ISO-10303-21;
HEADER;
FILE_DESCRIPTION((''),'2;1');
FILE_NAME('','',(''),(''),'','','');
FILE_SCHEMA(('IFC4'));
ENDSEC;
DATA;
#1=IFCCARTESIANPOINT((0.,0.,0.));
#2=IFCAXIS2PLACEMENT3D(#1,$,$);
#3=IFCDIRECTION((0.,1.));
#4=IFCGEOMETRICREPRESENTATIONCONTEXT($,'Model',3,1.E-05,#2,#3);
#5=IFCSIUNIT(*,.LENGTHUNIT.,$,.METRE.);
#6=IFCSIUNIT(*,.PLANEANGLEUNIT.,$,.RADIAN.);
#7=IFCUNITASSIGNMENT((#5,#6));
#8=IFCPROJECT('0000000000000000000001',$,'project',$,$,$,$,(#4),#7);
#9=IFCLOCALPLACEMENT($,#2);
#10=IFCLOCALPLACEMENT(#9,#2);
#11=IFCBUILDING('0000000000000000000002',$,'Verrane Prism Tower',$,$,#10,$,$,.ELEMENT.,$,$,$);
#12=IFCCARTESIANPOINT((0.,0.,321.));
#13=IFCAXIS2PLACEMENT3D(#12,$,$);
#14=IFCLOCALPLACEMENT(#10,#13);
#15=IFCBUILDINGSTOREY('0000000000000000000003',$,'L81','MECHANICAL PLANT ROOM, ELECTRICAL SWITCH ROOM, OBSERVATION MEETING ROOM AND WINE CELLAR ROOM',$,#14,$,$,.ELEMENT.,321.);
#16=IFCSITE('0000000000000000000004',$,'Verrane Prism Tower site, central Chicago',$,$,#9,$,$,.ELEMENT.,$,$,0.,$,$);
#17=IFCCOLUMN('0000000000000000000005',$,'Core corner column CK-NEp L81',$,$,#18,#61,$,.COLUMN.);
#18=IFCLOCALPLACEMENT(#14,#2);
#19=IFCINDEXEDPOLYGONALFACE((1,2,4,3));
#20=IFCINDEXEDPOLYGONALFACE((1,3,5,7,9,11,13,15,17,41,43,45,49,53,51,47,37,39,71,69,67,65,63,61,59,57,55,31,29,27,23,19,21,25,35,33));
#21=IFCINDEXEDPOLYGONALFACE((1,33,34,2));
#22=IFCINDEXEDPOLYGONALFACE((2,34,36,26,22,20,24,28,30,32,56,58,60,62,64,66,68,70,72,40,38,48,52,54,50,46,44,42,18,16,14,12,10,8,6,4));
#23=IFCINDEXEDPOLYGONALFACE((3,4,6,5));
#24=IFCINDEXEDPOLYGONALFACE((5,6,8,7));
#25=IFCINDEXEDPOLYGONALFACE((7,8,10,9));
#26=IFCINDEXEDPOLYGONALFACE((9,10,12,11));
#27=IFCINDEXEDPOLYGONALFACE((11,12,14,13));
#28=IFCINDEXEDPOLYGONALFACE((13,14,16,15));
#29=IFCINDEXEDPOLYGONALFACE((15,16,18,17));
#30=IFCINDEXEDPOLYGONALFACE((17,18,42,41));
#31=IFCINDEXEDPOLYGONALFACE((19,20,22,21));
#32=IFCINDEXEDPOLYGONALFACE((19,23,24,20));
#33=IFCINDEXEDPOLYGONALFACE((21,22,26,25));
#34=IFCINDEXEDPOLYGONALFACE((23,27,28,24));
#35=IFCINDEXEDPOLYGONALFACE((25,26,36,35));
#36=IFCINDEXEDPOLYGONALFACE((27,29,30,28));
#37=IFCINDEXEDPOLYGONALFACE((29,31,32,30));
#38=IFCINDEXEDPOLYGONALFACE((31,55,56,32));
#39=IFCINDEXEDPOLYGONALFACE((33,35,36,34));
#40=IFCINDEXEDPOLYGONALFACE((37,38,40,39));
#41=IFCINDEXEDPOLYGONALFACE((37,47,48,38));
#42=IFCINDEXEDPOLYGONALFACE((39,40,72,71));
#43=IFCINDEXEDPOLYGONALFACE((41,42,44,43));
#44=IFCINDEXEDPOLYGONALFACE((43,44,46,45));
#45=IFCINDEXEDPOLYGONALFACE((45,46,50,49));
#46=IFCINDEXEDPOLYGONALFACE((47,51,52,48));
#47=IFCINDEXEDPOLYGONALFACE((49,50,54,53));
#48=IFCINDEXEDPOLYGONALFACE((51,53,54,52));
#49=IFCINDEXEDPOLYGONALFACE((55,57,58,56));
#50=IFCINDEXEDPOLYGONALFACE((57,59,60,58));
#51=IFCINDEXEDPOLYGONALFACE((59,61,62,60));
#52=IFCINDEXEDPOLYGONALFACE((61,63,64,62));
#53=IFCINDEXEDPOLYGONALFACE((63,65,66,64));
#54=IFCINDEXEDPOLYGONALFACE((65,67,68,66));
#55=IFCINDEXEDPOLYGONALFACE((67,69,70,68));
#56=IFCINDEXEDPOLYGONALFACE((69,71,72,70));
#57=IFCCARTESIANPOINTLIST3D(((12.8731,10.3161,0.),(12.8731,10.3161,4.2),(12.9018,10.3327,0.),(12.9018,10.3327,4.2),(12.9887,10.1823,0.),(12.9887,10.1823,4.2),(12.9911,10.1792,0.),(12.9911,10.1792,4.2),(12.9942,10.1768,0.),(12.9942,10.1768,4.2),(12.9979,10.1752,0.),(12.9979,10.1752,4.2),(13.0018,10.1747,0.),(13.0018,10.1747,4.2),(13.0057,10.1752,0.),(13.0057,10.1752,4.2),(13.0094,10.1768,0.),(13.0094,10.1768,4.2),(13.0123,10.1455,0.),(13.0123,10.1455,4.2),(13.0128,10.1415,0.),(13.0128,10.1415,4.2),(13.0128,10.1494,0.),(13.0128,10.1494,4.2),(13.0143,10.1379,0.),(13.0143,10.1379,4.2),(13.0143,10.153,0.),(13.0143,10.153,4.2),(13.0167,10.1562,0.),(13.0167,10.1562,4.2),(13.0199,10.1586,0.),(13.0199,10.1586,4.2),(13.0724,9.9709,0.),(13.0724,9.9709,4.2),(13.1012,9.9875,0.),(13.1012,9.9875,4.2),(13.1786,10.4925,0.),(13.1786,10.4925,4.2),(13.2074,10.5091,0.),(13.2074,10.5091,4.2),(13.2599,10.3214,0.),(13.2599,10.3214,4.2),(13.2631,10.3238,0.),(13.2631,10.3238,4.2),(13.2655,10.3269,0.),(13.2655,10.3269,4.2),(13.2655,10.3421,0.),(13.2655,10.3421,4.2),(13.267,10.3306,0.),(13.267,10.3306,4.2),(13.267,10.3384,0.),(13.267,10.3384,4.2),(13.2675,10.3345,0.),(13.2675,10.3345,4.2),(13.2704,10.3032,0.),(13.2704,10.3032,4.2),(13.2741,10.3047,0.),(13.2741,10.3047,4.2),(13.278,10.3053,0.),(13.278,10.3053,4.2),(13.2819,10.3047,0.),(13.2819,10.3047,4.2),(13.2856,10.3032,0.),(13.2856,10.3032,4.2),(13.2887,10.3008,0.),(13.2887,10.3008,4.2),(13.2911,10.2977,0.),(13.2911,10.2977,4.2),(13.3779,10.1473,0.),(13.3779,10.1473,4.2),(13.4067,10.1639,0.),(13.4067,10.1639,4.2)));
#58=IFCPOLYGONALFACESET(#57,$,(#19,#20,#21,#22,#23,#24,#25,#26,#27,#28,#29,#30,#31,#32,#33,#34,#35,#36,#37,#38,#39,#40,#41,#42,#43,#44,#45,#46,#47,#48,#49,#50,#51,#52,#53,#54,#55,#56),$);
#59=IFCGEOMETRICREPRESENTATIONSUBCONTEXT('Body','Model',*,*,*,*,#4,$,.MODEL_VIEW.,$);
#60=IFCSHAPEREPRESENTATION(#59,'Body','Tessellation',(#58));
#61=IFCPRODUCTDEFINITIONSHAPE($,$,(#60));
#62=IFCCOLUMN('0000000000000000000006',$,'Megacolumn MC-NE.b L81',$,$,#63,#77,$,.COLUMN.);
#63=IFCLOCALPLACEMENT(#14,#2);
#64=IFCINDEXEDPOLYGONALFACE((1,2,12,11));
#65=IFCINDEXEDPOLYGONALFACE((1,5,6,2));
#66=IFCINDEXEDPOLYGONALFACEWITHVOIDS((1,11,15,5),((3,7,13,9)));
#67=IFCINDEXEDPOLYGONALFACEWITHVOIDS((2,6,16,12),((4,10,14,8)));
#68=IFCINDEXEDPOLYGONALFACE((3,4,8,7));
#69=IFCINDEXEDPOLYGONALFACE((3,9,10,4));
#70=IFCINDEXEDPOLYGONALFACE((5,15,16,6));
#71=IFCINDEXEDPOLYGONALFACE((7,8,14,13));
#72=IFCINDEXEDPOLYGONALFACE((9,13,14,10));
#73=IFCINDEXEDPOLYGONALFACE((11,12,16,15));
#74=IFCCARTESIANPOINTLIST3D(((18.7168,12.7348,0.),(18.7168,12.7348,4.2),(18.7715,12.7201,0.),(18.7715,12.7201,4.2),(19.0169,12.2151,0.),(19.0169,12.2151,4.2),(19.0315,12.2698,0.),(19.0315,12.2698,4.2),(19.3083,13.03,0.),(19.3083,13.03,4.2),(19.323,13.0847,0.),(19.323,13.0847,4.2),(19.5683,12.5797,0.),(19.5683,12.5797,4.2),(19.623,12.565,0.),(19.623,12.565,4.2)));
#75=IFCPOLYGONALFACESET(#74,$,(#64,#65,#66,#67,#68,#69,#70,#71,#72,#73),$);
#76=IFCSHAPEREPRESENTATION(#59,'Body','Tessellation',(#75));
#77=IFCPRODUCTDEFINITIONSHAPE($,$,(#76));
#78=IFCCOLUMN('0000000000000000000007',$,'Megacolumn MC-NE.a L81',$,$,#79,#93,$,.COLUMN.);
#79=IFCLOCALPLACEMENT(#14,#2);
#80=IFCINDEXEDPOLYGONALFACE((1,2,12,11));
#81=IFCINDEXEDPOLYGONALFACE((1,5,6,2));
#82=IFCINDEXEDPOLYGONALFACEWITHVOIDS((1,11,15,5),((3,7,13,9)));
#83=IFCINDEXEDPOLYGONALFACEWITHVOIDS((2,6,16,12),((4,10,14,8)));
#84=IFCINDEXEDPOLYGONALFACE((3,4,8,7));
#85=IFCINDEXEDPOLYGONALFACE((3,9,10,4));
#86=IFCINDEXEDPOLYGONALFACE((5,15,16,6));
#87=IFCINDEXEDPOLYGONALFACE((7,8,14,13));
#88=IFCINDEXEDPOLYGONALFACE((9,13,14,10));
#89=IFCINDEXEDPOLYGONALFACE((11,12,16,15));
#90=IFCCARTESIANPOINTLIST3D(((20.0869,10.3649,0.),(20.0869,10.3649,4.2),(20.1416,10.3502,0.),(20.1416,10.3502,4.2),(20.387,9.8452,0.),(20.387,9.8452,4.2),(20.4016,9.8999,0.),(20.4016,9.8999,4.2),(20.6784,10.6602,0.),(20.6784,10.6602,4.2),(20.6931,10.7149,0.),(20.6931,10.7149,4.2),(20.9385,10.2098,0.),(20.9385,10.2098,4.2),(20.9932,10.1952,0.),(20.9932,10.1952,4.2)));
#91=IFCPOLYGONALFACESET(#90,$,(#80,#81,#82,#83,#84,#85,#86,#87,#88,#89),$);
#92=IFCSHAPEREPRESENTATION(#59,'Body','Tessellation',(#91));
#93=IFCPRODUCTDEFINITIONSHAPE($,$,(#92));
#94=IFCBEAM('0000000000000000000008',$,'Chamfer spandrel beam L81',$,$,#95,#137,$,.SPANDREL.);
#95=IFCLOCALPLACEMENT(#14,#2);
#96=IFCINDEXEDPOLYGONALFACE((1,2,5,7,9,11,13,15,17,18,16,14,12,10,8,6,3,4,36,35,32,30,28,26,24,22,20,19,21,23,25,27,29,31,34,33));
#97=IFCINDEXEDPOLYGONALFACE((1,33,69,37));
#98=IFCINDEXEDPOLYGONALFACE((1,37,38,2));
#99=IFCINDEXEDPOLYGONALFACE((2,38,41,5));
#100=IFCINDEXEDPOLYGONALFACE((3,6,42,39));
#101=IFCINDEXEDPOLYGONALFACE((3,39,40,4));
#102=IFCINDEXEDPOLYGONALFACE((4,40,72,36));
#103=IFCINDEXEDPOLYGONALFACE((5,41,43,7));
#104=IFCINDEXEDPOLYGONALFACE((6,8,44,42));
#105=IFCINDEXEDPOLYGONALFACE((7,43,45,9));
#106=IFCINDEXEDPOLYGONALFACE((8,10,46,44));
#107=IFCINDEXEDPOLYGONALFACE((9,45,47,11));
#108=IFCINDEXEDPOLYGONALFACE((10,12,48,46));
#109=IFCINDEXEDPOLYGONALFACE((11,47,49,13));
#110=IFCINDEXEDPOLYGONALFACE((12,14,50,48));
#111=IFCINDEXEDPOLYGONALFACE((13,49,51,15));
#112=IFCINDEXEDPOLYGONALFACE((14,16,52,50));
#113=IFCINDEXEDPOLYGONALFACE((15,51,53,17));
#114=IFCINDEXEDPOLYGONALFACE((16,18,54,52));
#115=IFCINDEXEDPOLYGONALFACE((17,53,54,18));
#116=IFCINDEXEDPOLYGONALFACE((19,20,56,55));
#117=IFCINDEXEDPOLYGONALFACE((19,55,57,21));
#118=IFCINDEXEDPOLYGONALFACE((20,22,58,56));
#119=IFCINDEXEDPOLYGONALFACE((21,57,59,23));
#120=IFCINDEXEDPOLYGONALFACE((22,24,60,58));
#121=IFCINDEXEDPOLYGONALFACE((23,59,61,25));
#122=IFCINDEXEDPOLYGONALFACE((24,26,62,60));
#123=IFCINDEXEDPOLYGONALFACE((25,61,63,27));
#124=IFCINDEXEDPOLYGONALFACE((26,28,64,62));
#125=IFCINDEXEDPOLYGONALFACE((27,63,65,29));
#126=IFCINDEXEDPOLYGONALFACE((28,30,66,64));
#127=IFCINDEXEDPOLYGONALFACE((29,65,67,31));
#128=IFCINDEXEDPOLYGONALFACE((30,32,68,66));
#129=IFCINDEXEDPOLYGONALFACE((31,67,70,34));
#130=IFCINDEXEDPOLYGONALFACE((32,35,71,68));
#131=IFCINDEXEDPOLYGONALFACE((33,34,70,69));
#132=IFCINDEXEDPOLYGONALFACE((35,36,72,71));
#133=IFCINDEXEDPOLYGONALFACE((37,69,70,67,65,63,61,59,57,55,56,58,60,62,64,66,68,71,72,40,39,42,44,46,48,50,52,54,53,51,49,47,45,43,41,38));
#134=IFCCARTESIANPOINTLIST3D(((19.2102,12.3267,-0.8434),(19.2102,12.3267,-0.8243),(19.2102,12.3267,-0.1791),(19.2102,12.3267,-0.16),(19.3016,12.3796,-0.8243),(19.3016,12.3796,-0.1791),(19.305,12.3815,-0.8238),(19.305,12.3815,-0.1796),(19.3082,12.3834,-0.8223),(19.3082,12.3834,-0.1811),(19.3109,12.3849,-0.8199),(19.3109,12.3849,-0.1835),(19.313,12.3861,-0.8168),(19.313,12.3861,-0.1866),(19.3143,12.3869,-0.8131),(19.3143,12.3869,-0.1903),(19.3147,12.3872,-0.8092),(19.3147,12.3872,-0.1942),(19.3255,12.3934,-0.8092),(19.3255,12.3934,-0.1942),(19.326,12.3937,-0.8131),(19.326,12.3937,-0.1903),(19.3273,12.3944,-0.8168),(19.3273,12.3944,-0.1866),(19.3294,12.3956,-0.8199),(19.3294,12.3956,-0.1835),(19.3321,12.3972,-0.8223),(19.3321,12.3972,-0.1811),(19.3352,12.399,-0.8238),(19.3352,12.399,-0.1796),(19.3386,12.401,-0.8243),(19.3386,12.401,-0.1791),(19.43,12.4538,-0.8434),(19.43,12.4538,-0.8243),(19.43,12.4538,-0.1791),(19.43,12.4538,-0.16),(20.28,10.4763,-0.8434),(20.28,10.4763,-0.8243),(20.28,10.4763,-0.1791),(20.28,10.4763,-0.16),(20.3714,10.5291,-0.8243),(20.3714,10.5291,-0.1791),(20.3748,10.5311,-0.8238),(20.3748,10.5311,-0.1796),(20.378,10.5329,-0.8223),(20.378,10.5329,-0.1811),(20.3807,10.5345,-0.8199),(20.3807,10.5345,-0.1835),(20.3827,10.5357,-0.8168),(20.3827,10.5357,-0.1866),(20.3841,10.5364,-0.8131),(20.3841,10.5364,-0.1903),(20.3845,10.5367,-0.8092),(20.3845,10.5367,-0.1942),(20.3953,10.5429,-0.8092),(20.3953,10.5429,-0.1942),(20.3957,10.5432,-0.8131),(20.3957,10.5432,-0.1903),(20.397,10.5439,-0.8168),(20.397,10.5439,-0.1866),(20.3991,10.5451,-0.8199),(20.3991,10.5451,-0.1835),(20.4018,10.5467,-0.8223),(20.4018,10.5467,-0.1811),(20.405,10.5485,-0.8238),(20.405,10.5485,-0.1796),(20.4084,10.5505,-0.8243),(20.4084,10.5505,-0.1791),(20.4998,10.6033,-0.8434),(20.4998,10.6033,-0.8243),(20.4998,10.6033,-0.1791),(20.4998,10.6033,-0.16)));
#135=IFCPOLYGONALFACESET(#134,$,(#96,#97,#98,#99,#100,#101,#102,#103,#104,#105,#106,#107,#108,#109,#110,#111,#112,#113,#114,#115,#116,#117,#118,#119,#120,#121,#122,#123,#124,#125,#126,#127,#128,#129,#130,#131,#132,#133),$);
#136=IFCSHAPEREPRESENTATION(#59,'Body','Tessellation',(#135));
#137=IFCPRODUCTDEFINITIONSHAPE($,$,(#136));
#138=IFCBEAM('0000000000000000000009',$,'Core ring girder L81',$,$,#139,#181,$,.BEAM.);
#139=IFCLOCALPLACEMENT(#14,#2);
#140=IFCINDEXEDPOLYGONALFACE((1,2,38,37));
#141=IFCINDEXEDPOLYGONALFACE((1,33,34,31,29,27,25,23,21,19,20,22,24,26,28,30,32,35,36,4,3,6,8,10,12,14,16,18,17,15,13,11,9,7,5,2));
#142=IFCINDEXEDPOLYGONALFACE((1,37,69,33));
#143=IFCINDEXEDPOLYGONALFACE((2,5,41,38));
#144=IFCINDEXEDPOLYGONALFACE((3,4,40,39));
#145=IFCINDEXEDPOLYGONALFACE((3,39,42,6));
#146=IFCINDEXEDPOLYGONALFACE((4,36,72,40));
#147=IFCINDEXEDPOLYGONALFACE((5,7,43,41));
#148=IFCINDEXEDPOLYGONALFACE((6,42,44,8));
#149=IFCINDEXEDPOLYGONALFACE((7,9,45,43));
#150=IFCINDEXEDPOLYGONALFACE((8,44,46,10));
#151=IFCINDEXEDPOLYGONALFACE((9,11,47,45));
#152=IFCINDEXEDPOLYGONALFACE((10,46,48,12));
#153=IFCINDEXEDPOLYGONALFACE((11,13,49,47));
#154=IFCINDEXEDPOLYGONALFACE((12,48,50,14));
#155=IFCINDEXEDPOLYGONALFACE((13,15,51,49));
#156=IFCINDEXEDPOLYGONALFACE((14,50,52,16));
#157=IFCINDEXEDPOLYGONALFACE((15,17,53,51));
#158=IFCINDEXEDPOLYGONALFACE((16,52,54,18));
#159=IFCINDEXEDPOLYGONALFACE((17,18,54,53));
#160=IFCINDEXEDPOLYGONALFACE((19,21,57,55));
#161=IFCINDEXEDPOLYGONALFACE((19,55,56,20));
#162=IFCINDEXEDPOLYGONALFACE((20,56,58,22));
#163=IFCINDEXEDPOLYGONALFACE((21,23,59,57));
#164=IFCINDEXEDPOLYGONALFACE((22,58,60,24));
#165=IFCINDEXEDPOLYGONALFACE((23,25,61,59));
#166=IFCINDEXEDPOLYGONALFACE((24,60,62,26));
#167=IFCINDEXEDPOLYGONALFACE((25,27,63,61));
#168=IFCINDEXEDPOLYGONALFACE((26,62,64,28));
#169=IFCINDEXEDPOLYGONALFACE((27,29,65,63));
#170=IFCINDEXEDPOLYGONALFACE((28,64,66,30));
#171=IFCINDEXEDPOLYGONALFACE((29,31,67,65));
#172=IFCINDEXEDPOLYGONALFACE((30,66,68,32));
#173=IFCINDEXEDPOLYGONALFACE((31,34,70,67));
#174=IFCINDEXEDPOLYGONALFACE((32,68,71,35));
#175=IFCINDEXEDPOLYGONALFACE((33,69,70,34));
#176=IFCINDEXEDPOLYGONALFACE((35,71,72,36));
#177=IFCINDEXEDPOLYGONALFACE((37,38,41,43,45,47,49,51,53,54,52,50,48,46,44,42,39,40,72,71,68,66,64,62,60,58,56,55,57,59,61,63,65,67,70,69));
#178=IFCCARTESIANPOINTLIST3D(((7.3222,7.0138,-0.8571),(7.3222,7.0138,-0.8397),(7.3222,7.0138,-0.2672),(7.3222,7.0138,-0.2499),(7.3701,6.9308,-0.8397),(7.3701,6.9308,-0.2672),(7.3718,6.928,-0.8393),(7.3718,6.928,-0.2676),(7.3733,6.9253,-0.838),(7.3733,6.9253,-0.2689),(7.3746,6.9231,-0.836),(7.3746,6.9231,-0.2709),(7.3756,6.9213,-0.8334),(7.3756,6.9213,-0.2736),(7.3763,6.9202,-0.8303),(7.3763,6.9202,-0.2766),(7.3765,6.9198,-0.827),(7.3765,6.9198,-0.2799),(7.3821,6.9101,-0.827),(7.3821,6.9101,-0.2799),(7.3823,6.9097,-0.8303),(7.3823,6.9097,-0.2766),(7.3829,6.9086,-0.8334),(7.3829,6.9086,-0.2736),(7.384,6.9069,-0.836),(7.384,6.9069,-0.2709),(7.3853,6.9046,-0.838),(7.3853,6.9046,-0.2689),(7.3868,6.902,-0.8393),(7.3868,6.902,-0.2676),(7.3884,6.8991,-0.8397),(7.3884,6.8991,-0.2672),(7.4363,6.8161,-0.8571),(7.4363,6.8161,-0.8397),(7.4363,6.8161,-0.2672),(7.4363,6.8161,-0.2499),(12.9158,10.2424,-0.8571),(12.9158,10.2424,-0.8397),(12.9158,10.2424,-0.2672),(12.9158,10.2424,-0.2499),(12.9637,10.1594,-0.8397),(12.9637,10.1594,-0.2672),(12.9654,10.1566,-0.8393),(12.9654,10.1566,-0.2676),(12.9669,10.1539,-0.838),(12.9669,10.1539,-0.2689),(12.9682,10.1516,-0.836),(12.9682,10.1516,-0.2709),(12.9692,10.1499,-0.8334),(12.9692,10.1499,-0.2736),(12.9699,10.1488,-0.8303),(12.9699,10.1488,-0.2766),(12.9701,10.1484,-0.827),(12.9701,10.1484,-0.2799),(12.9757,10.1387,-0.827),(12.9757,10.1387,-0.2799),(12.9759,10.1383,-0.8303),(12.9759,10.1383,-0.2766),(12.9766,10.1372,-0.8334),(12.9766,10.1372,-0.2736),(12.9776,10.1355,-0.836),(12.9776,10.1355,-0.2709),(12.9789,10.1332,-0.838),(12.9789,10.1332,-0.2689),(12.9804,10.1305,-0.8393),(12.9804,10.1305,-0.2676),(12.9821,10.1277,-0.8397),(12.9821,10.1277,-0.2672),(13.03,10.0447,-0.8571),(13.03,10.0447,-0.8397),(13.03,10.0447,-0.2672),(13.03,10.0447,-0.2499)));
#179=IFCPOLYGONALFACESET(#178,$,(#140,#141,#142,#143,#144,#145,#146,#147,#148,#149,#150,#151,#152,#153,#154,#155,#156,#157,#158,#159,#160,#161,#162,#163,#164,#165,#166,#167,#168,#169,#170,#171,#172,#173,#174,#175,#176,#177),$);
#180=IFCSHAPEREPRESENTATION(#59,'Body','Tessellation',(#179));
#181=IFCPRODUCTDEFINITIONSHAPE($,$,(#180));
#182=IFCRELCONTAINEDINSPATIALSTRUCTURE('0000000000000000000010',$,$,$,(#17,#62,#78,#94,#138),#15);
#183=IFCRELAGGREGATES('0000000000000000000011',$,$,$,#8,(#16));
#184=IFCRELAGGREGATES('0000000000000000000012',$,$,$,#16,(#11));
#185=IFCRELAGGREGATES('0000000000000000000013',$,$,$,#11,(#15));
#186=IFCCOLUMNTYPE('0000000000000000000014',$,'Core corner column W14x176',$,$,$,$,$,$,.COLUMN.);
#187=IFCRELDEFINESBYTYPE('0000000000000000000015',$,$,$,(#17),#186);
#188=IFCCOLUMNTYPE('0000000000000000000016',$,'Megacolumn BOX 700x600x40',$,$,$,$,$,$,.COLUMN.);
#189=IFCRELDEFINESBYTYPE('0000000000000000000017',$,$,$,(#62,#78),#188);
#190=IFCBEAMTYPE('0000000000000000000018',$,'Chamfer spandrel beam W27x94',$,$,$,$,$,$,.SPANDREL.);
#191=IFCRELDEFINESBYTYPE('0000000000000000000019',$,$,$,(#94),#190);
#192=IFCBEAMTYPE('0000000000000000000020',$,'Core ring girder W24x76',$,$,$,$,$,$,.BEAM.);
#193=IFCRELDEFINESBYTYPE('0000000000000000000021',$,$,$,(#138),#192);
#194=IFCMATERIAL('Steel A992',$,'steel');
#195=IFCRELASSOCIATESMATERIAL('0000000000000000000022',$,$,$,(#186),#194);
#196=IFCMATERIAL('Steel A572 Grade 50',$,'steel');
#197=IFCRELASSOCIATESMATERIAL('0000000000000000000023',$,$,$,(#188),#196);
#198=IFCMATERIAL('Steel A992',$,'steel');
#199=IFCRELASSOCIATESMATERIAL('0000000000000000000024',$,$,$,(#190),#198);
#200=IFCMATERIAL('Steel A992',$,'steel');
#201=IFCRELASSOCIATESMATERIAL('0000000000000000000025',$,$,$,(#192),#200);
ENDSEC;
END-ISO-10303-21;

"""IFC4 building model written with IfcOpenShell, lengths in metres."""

from ifc_helpers import new_model, si_unit, direction, frame, origin, origin_2d, place, context, subcontext, project, spatial, hollow_rectangle, i_section, extrude, material, material_profile, profile_set, type_object, element, save


model = new_model("IFC4")

# Units and contexts
model_context = context("Model", 3, precision=1e-05, world=origin(), true_north=direction((0.0, 1.0)))
body_context = subcontext(model_context, "Body", "Model", "MODEL_VIEW")
ifc_project = project(units=[si_unit("LENGTHUNIT", "METRE"), si_unit("PLANEANGLEUNIT", "RADIAN")], contexts=[model_context])

# Site, building, storey
site_placement = place(None, origin())
site = spatial("IfcSite", under=ifc_project, at=site_placement, Name="Verrane Prism Tower site, central Chicago", CompositionType="ELEMENT", RefElevation=0.0)
building_placement = place(site_placement, origin())
building = spatial("IfcBuilding", under=site, at=building_placement, Name="Verrane Prism Tower", CompositionType="ELEMENT")
storey_placement = place(building_placement, frame((0.0, 0.0, 321.0)))
storey = spatial("IfcBuildingStorey", under=building, at=storey_placement, Name="L81", Description="MECHANICAL PLANT ROOM, ELECTRICAL SWITCH ROOM, OBSERVATION MEETING ROOM AND WINE CELLAR ROOM", CompositionType="ELEMENT", Elevation=321.0)

# Columns
ifc_material_1 = material(Name="Steel A992", Category="steel")
ifc_material_profile_1 = material_profile(ifc_material_1, i_section(OverallWidth=0.3987, OverallDepth=0.386, WebThickness=0.021, FlangeThickness=0.0332, FilletRadius=0.0151, at=origin_2d()), Name="W14x176")
ifc_profile_set_1 = profile_set([ifc_material_profile_1], Name="Steel A992")
column_type_1 = type_object("IfcColumnType", Name="Core corner column W14x176", PredefinedType="COLUMN", material=ifc_profile_set_1)
column_placement = place(storey_placement, frame((13.1399, 10.24, 0.0), z_axis=(0.0, 0.0, 1.0), x_axis=(0.5, -0.866025, 0.0)))
element("IfcColumn", 1, at=column_placement, inside=storey, type_object=column_type_1, Name="Core corner column CK-NEp L81", PredefinedType="COLUMN", context=body_context, shape_type="SweptSolid", body=[
    extrude(i_section(OverallWidth=0.3987, OverallDepth=0.386, WebThickness=0.021, FlangeThickness=0.0332, FilletRadius=0.0151, at=origin_2d()), origin(), (0.0, 0.0, 1.0), 4.2),
])
ifc_material_2 = material(Name="Steel A572 Grade 50", Category="steel")
ifc_material_profile_2 = material_profile(ifc_material_2, hollow_rectangle(XDim=0.6001, YDim=0.7, WallThickness=0.04, at=origin_2d()), Name="BOX 700x600x40")
ifc_profile_set_2 = profile_set([ifc_material_profile_2], Name="Steel A572 Grade 50")
column_type_2 = type_object("IfcColumnType", Name="Megacolumn BOX 700x600x40", PredefinedType="COLUMN", material=ifc_profile_set_2)
for number, where, z_axis, x_axis, name in (
    (2, (19.1699, 12.6499, 0.0), (0.0, 0.0, 1.0), (0.5, -0.866025, 0.0), "Megacolumn MC-NE.b L81"),
    (3, (20.54, 10.28, 0.0), (0.0, 0.0, 1.0), (0.5, -0.866025, 0.0), "Megacolumn MC-NE.a L81"),
):
    element("IfcColumn", number, at=place(storey_placement, frame(where, z_axis=z_axis, x_axis=x_axis)), inside=storey, type_object=column_type_2, Name=name, PredefinedType="COLUMN", context=body_context, shape_type="SweptSolid", body=[
        extrude(hollow_rectangle(XDim=0.6001, YDim=0.7, WallThickness=0.04, at=origin_2d()), origin(), (0.0, 0.0, 1.0), 4.2),
    ])

# Beams
ifc_material_3 = material(Name="Steel A992", Category="steel")
ifc_material_profile_3 = material_profile(ifc_material_3, i_section(OverallWidth=0.2539, OverallDepth=0.6833, WebThickness=0.0125, FlangeThickness=0.019, FilletRadius=0.0151, at=origin_2d()), Name="W27x94")
ifc_profile_set_3 = profile_set([ifc_material_profile_3], Name="Steel A992")
beam_type_1 = type_object("IfcBeamType", Name="Chamfer spandrel beam W27x94", PredefinedType="SPANDREL", material=ifc_profile_set_3)
beam_1_placement = place(storey_placement, frame((20.3899, 10.5398, -0.5017), z_axis=(-0.500487, 0.865744, 0.0), x_axis=(-0.865744, -0.500487, 0.0)))
element("IfcBeam", 4, at=beam_1_placement, inside=storey, type_object=beam_type_1, Name="Chamfer spandrel beam L81", PredefinedType="SPANDREL", context=body_context, shape_type="SweptSolid", body=[
    extrude(i_section(OverallWidth=0.2539, OverallDepth=0.6833, WebThickness=0.0125, FlangeThickness=0.019, FilletRadius=0.0151, at=origin_2d()), origin(), (0.0, 0.0, 1.0), 2.1375),
])
ifc_material_4 = material(Name="Steel A992", Category="steel")
ifc_material_profile_4 = material_profile(ifc_material_4, i_section(OverallWidth=0.2283, OverallDepth=0.6072, WebThickness=0.0112, FlangeThickness=0.0173, FilletRadius=0.0127, at=origin_2d()), Name="W24x76")
ifc_profile_set_4 = profile_set([ifc_material_profile_4], Name="Steel A992")
beam_type_2 = type_object("IfcBeamType", Name="Core ring girder W24x76", PredefinedType="BEAM", material=ifc_profile_set_4)
beam_2_placement = place(storey_placement, frame((12.9729, 10.1436, -0.5535), z_axis=(-0.866086, -0.499896, 0.0), x_axis=(0.499896, -0.866086, 0.0)))
element("IfcBeam", 5, at=beam_2_placement, inside=storey, type_object=beam_type_2, Name="Core ring girder L81", PredefinedType="BEAM", context=body_context, shape_type="SweptSolid", body=[
    extrude(i_section(OverallWidth=0.2283, OverallDepth=0.6072, WebThickness=0.0112, FlangeThickness=0.0173, FilletRadius=0.0127, at=origin_2d()), origin(), (0.0, 0.0, 1.0), 6.4585),
])

save(model, "model.ifc")
